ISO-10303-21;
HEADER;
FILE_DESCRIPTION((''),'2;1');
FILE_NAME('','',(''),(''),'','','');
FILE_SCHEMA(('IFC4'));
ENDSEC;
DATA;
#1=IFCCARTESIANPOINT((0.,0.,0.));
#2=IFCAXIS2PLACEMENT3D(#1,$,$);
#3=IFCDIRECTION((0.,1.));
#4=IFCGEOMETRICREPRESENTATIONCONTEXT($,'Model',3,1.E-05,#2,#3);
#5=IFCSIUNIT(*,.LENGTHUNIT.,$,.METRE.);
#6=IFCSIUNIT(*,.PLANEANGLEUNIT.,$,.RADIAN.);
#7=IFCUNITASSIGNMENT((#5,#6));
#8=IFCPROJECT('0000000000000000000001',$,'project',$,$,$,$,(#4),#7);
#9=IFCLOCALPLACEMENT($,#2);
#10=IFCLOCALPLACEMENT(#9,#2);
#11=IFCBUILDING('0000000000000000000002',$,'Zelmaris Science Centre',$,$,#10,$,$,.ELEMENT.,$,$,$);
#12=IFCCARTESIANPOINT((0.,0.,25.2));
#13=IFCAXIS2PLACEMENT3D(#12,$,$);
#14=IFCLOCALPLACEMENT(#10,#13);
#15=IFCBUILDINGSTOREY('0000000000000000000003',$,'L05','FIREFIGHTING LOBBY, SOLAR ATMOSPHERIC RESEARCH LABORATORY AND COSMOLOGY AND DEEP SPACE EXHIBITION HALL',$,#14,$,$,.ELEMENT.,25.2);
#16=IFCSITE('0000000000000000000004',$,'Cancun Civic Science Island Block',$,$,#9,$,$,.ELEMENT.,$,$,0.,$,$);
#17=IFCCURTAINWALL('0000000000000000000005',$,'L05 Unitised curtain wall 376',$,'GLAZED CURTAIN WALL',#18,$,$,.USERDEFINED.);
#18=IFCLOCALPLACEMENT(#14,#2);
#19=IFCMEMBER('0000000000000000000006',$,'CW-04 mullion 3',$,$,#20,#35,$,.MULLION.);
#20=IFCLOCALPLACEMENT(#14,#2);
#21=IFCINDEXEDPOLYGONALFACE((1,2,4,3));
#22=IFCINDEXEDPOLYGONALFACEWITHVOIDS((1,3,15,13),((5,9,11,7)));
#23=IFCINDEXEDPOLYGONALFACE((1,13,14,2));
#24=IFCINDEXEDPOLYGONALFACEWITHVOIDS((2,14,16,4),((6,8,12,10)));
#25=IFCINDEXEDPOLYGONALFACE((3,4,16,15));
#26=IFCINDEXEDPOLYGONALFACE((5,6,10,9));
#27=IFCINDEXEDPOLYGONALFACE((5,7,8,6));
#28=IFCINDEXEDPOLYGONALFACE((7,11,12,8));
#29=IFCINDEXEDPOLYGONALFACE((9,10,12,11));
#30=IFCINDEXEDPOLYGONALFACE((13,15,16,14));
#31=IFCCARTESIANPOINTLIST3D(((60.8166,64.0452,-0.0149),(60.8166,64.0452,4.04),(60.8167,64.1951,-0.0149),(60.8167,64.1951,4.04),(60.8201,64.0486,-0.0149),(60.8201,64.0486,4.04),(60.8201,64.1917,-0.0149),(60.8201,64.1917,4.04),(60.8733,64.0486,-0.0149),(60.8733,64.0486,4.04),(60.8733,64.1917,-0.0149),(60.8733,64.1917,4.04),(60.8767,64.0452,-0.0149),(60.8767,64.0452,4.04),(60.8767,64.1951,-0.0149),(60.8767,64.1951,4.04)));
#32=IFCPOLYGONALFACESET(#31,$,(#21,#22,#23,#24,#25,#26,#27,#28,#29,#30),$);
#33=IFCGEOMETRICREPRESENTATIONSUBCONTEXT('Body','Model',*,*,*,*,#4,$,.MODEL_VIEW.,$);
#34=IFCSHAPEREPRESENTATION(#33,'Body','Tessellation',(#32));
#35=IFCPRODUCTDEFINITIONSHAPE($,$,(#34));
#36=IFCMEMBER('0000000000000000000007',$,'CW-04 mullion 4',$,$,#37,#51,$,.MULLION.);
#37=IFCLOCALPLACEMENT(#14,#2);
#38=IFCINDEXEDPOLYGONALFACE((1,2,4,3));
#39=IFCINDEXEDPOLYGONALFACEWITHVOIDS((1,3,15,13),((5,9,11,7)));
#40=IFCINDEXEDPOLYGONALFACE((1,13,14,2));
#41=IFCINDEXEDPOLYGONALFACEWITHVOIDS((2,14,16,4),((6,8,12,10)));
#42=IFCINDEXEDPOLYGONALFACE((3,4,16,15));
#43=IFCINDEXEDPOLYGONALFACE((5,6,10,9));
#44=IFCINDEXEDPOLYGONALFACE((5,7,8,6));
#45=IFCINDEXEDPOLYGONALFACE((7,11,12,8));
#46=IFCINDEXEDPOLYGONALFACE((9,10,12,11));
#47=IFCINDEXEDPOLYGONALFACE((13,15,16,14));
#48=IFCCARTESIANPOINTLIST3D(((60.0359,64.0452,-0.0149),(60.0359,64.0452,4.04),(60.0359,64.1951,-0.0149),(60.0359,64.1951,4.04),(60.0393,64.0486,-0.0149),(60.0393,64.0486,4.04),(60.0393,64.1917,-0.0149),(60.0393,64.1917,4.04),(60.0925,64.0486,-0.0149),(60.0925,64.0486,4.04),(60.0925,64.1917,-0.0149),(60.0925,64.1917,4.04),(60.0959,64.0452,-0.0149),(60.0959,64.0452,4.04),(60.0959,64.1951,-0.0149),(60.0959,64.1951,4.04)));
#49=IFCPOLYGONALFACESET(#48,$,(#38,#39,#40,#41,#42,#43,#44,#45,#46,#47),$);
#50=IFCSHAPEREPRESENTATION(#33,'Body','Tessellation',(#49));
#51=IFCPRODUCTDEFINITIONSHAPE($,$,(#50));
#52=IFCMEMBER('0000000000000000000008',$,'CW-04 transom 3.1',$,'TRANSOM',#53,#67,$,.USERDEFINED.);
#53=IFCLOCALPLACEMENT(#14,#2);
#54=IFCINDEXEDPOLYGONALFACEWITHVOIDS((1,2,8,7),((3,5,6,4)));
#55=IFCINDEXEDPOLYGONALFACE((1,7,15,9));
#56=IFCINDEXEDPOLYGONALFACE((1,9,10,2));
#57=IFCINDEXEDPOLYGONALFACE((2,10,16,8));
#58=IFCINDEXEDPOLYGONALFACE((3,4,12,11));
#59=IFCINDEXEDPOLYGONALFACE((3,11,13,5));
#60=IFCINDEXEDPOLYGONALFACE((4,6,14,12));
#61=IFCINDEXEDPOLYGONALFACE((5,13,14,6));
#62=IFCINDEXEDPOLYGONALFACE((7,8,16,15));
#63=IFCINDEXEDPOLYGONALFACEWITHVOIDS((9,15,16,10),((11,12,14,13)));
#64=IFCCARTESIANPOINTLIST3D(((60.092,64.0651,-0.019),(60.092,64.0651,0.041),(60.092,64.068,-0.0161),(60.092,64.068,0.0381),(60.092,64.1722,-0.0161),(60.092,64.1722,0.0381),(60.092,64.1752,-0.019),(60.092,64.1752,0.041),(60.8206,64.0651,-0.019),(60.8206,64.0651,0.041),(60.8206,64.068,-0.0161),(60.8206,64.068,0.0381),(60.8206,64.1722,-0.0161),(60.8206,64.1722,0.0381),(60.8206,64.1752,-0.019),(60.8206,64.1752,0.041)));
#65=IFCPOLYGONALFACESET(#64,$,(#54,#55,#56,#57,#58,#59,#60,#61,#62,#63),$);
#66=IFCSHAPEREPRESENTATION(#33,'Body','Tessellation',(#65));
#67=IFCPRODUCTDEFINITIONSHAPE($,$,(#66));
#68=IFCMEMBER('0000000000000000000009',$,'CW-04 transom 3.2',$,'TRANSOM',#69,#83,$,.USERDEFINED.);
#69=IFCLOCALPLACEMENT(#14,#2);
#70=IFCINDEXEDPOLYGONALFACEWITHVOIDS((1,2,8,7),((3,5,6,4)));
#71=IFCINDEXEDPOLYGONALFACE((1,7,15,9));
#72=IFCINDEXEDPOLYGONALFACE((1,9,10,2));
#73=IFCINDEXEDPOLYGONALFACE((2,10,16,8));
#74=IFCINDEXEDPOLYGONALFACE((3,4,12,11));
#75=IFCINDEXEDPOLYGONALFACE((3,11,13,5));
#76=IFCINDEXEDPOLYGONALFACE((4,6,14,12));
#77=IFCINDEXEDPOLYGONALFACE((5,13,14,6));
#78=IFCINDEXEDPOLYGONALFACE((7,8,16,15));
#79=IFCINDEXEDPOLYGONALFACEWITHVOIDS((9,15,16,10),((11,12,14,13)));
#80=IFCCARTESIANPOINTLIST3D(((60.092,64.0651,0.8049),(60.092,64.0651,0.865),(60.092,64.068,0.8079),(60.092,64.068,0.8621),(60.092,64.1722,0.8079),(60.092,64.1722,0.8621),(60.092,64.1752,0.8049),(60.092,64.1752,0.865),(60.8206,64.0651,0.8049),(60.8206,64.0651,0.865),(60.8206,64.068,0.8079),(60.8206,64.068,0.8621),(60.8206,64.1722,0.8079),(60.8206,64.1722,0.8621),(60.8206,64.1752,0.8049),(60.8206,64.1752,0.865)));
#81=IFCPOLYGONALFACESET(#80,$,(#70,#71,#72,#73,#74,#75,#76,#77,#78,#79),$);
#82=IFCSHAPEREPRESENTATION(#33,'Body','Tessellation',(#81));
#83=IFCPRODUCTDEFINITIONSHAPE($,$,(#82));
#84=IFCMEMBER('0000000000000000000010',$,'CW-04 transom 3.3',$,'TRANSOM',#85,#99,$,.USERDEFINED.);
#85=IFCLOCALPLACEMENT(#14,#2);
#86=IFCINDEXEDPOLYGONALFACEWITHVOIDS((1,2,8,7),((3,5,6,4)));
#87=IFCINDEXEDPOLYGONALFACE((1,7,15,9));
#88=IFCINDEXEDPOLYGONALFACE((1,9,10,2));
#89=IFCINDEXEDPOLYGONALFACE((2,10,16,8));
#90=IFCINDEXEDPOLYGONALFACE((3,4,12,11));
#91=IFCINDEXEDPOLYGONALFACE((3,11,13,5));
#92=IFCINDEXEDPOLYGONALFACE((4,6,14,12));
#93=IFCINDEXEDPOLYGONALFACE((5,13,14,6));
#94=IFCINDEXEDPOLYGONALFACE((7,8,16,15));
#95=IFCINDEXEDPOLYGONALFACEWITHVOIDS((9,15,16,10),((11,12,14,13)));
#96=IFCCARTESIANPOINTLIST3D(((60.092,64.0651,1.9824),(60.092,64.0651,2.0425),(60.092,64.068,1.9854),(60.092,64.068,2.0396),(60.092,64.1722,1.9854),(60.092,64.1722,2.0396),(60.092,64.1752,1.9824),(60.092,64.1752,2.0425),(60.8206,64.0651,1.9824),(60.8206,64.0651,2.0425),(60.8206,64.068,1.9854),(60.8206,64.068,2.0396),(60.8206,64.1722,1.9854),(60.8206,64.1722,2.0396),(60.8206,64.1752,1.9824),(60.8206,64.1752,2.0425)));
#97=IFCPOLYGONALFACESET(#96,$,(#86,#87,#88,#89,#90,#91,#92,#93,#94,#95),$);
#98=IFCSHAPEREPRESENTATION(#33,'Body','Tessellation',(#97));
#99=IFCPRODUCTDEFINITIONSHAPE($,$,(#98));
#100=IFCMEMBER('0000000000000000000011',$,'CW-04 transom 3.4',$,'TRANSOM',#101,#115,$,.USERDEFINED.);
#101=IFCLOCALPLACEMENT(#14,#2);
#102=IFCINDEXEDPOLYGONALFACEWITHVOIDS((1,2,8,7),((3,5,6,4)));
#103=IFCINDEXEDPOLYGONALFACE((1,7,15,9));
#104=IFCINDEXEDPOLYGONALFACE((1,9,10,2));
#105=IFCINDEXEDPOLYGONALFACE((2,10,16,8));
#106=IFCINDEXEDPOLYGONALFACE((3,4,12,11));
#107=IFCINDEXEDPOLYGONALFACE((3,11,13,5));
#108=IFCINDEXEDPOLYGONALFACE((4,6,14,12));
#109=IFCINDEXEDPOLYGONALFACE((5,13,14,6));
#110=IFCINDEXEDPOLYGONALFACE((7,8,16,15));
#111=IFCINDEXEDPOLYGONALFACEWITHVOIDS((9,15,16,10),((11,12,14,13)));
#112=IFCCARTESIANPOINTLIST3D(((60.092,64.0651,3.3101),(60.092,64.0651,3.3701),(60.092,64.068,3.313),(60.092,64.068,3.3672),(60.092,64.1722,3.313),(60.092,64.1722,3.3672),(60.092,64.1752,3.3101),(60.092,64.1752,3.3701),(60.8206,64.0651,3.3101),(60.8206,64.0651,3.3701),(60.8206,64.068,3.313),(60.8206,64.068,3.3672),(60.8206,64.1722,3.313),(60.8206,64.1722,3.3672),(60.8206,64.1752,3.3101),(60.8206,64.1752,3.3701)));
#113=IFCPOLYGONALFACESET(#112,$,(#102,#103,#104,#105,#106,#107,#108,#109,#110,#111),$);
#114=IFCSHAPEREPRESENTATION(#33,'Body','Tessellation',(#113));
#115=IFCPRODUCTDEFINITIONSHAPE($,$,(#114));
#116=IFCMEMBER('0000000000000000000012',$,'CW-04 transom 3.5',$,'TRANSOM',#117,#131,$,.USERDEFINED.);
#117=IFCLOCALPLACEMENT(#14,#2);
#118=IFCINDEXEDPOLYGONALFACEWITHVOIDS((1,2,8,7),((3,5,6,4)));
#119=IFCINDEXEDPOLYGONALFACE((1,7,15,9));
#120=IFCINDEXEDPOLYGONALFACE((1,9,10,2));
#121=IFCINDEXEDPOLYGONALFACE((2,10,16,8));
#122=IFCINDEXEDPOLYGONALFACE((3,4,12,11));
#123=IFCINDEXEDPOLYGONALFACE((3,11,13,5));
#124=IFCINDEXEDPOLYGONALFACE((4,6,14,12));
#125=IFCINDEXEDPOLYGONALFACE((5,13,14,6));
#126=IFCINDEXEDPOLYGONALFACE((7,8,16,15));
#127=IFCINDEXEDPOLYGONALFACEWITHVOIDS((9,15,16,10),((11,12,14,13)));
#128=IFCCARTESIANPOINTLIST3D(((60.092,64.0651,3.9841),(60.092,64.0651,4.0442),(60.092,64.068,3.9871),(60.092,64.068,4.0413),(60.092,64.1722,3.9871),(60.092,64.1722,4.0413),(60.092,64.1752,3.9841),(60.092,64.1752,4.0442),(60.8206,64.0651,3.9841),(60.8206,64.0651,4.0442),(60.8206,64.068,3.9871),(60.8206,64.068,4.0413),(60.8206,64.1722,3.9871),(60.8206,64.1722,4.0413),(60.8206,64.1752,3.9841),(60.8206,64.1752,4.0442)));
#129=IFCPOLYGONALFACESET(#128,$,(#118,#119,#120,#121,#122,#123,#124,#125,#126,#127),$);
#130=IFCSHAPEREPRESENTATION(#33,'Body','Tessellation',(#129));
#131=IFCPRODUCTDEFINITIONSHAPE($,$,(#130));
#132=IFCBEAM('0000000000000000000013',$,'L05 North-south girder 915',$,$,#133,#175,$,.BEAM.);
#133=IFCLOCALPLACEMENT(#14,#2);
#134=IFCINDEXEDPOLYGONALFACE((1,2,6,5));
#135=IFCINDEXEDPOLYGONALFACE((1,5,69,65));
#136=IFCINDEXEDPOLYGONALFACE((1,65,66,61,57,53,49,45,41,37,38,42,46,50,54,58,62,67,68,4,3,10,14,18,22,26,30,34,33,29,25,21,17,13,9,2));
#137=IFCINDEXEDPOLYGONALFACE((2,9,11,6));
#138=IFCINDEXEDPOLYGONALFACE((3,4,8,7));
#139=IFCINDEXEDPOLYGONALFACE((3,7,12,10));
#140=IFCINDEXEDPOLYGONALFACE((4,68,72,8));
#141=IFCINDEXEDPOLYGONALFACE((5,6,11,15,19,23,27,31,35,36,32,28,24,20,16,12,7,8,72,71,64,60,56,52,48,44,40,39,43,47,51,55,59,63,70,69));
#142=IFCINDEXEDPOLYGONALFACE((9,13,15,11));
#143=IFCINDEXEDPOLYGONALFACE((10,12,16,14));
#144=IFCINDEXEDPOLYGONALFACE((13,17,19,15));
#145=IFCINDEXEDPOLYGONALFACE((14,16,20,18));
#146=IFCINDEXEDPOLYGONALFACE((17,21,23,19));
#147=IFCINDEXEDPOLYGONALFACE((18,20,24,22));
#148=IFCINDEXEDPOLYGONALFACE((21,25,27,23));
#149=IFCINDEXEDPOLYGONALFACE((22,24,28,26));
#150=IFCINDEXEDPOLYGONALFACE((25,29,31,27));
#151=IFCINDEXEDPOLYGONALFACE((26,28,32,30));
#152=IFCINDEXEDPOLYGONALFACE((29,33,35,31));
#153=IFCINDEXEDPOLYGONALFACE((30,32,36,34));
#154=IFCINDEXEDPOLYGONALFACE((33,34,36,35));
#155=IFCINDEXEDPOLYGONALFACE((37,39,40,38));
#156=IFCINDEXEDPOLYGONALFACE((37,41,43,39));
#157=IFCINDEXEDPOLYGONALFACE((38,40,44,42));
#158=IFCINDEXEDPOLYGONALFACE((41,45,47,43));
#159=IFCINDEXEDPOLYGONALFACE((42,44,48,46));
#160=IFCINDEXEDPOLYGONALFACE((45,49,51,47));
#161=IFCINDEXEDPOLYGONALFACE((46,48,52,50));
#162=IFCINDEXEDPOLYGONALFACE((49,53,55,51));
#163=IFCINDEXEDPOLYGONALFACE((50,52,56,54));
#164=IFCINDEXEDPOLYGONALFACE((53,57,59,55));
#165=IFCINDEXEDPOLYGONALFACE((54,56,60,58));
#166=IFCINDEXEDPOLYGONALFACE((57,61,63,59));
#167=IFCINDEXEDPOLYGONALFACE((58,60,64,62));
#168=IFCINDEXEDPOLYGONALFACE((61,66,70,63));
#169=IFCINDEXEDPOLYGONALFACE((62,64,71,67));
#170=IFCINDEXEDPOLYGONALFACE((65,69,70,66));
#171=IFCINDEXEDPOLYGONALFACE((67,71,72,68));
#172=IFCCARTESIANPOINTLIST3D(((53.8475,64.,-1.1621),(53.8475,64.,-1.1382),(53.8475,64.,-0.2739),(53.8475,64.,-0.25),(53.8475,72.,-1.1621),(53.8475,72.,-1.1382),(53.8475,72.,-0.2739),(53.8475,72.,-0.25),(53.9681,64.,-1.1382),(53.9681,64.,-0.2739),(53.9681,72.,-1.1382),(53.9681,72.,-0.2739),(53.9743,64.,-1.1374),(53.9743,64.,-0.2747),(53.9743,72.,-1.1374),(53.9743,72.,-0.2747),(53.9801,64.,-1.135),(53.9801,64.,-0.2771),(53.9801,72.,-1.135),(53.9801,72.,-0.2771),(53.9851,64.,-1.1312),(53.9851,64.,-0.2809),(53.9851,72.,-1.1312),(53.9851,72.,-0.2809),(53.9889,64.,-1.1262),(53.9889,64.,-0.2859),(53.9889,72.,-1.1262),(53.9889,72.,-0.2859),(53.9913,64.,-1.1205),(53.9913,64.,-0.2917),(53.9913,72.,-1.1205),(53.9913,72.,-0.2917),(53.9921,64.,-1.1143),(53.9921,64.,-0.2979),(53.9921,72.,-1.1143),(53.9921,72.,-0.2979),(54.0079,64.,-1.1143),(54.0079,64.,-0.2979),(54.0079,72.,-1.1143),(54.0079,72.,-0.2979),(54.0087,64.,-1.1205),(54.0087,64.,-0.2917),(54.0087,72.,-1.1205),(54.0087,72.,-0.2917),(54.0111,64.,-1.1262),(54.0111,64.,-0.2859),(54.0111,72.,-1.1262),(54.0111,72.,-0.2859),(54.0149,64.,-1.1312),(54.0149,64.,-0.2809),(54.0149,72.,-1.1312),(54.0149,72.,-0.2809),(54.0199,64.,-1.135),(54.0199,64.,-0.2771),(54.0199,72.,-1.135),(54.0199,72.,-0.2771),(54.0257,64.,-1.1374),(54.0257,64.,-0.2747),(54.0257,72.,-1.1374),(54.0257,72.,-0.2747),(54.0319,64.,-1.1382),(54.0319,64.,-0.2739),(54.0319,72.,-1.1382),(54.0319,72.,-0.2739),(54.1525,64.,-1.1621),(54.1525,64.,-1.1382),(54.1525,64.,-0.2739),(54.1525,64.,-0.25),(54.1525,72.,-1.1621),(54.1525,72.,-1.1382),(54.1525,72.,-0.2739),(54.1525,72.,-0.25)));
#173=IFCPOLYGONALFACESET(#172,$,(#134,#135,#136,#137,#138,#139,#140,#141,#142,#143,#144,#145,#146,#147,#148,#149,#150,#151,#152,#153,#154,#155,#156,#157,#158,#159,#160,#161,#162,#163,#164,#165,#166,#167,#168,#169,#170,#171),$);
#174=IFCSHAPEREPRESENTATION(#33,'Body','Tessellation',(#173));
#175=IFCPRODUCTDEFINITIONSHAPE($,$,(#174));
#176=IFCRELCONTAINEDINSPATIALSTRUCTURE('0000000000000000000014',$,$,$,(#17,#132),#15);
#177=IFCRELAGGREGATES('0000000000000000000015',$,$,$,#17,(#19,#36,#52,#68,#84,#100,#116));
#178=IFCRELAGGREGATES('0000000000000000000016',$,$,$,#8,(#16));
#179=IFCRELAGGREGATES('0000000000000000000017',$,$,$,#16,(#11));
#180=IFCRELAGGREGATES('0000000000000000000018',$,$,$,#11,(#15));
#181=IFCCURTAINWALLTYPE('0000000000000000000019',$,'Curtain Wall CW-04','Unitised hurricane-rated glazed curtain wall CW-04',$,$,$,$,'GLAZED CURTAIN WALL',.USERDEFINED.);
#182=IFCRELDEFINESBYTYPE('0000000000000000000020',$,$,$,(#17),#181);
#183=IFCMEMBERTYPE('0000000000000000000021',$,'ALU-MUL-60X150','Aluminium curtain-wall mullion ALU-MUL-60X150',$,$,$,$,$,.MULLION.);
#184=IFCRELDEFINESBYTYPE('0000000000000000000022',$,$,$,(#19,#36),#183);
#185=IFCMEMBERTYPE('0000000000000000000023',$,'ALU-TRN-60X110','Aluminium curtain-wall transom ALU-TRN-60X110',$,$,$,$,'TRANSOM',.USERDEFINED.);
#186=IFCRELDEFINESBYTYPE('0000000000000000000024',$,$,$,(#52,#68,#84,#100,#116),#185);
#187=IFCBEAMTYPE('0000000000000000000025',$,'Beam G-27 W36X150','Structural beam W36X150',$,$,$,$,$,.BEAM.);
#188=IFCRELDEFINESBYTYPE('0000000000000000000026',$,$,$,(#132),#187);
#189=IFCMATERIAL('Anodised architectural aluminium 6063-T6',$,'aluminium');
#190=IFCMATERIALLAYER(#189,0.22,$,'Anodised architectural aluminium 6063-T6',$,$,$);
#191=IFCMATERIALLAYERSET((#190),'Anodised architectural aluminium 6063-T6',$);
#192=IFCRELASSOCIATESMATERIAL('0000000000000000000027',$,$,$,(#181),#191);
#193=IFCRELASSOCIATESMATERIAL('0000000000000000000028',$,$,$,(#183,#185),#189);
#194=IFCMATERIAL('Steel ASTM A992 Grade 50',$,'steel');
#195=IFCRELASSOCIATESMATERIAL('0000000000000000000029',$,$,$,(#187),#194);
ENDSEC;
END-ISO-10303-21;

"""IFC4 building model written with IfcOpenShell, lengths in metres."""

from ifc_helpers import new_model, si_unit, direction, frame, origin, origin_2d, place, context, subcontext, project, spatial, hollow_rectangle, i_section, extrude, material, layer, layer_set, material_profile, profile_set, type_object, element, aggregate, save


model = new_model("IFC4")

# Units and contexts
model_context = context("Model", 3, precision=1e-05, world=origin(), true_north=direction((0.0, 1.0)))
body_context = subcontext(model_context, "Body", "Model", "MODEL_VIEW")
ifc_project = project(units=[si_unit("LENGTHUNIT", "METRE"), si_unit("PLANEANGLEUNIT", "RADIAN")], contexts=[model_context])

# Site, building, storey
site_placement = place(None, origin())
site = spatial("IfcSite", under=ifc_project, at=site_placement, Name="Cancun Civic Science Island Block", CompositionType="ELEMENT", RefElevation=0.0)
building_placement = place(site_placement, origin())
building = spatial("IfcBuilding", under=site, at=building_placement, Name="Zelmaris Science Centre", CompositionType="ELEMENT")
storey_placement = place(building_placement, frame((0.0, 0.0, 25.2)))
storey = spatial("IfcBuildingStorey", under=building, at=storey_placement, Name="L05", Description="FIREFIGHTING LOBBY, SOLAR ATMOSPHERIC RESEARCH LABORATORY AND COSMOLOGY AND DEEP SPACE EXHIBITION HALL", CompositionType="ELEMENT", Elevation=25.2)

# Curtain wall, members
ifc_material_1 = material(Name="Anodised architectural aluminium 6063-T6", Category="aluminium")
ifc_layer_1 = layer(ifc_material_1, 0.22, Name="Anodised architectural aluminium 6063-T6")
ifc_layer_set_1 = layer_set([ifc_layer_1], Name="Anodised architectural aluminium 6063-T6")
curtain_wall_type = type_object("IfcCurtainWallType", Name="Curtain Wall CW-04", Description="Unitised hurricane-rated glazed curtain wall CW-04", ElementType="GLAZED CURTAIN WALL", PredefinedType="USERDEFINED", material=ifc_layer_set_1)
curtain_wall_placement = place(storey_placement, origin())
curtain_wall = element("IfcCurtainWall", 1, at=curtain_wall_placement, inside=storey, type_object=curtain_wall_type, Name="L05 Unitised curtain wall 376", ObjectType="GLAZED CURTAIN WALL", PredefinedType="USERDEFINED")
ifc_material_profile_1 = material_profile(ifc_material_1, hollow_rectangle(XDim=0.0601, YDim=0.1499, WallThickness=0.0034, at=origin_2d()), Name="ALU-MUL-60X150")
ifc_profile_set_1 = profile_set([ifc_material_profile_1], Name="Anodised architectural aluminium 6063-T6")
member_type_1 = type_object("IfcMemberType", Name="ALU-MUL-60X150", Description="Aluminium curtain-wall mullion ALU-MUL-60X150", PredefinedType="MULLION", material=ifc_profile_set_1)
member_1_placement = place(storey_placement, frame((60.8467, 64.1201, -0.0149), z_axis=(0.0, 0.0, 1.0), x_axis=(-1.0, 0.000005, 0.0)))
member_1 = element("IfcMember", 2, at=member_1_placement, type_object=member_type_1, Name="CW-04 mullion 3", PredefinedType="MULLION", context=body_context, shape_type="SweptSolid", body=[
    extrude(hollow_rectangle(XDim=0.0601, YDim=0.1499, WallThickness=0.0034, at=origin_2d()), origin(), (0.0, 0.0, 1.0), 4.0549),
])
member_2_placement = place(storey_placement, frame((60.0659, 64.1201, -0.0149), z_axis=(0.0, 0.0, 1.0), x_axis=(-1.0, 0.000005, 0.0)))
member_2 = element("IfcMember", 3, at=member_2_placement, type_object=member_type_1, Name="CW-04 mullion 4", PredefinedType="MULLION", context=body_context, shape_type="SweptSolid", body=[
    extrude(hollow_rectangle(XDim=0.0601, YDim=0.1499, WallThickness=0.0034, at=origin_2d()), origin(), (0.0, 0.0, 1.0), 4.0549),
])
ifc_material_profile_2 = material_profile(ifc_material_1, hollow_rectangle(XDim=0.0601, YDim=0.1101, WallThickness=0.0029, at=origin_2d()), Name="ALU-TRN-60X110")
ifc_profile_set_2 = profile_set([ifc_material_profile_2], Name="Anodised architectural aluminium 6063-T6")
member_type_2 = type_object("IfcMemberType", Name="ALU-TRN-60X110", Description="Aluminium curtain-wall transom ALU-TRN-60X110", ElementType="TRANSOM", PredefinedType="USERDEFINED", material=ifc_profile_set_2)
member_3_placement = place(storey_placement, frame((60.8206, 64.1201, 0.011), z_axis=(-1.0, 0.0, 0.0), x_axis=(0.0, 0.0, 1.0)))
member_3 = element("IfcMember", 4, at=member_3_placement, type_object=member_type_2, Name="CW-04 transom 3.1", ObjectType="TRANSOM", PredefinedType="USERDEFINED", context=body_context, shape_type="SweptSolid", body=[
    extrude(hollow_rectangle(XDim=0.0601, YDim=0.1101, WallThickness=0.0029, at=origin_2d()), origin(), (0.0, 0.0, 1.0), 0.7285),
])
member_4_placement = place(storey_placement, frame((60.8206, 64.1201, 0.835), z_axis=(-1.0, 0.0, 0.0), x_axis=(0.0, 0.0, 1.0)))
member_4 = element("IfcMember", 5, at=member_4_placement, type_object=member_type_2, Name="CW-04 transom 3.2", ObjectType="TRANSOM", PredefinedType="USERDEFINED", context=body_context, shape_type="SweptSolid", body=[
    extrude(hollow_rectangle(XDim=0.0601, YDim=0.1101, WallThickness=0.0029, at=origin_2d()), origin(), (0.0, 0.0, 1.0), 0.7285),
])
member_5_placement = place(storey_placement, frame((60.8206, 64.1201, 2.0125), z_axis=(-1.0, 0.0, 0.0), x_axis=(0.0, 0.0, 1.0)))
member_5 = element("IfcMember", 6, at=member_5_placement, type_object=member_type_2, Name="CW-04 transom 3.3", ObjectType="TRANSOM", PredefinedType="USERDEFINED", context=body_context, shape_type="SweptSolid", body=[
    extrude(hollow_rectangle(XDim=0.0601, YDim=0.1101, WallThickness=0.0029, at=origin_2d()), origin(), (0.0, 0.0, 1.0), 0.7285),
])
member_6_placement = place(storey_placement, frame((60.8206, 64.1201, 3.3401), z_axis=(-1.0, 0.0, 0.0), x_axis=(0.0, 0.0, 1.0)))
member_6 = element("IfcMember", 7, at=member_6_placement, type_object=member_type_2, Name="CW-04 transom 3.4", ObjectType="TRANSOM", PredefinedType="USERDEFINED", context=body_context, shape_type="SweptSolid", body=[
    extrude(hollow_rectangle(XDim=0.0601, YDim=0.1101, WallThickness=0.0029, at=origin_2d()), origin(), (0.0, 0.0, 1.0), 0.7285),
])
member_7_placement = place(storey_placement, frame((60.8206, 64.1201, 4.0142), z_axis=(-1.0, 0.0, 0.0), x_axis=(0.0, 0.0, 1.0)))
member_7 = element("IfcMember", 8, at=member_7_placement, type_object=member_type_2, Name="CW-04 transom 3.5", ObjectType="TRANSOM", PredefinedType="USERDEFINED", context=body_context, shape_type="SweptSolid", body=[
    extrude(hollow_rectangle(XDim=0.0601, YDim=0.1101, WallThickness=0.0029, at=origin_2d()), origin(), (0.0, 0.0, 1.0), 0.7285),
])

# Beam
ifc_material_2 = material(Name="Steel ASTM A992 Grade 50", Category="steel")
ifc_material_profile_3 = material_profile(ifc_material_2, i_section(OverallWidth=0.3049, OverallDepth=0.9121, WebThickness=0.0159, FlangeThickness=0.0239, FilletRadius=0.0239, at=origin_2d()), Name="W36X150")
ifc_profile_set_3 = profile_set([ifc_material_profile_3], Name="Steel ASTM A992 Grade 50")
beam_type_1 = type_object("IfcBeamType", Name="Beam G-27 W36X150", Description="Structural beam W36X150", PredefinedType="BEAM", material=ifc_profile_set_3)
beam_1_placement = place(storey_placement, frame((54.0, 64.0, -0.7061), z_axis=(0.0, 1.0, 0.0), x_axis=(-1.0, 0.0, 0.0)))
element("IfcBeam", 9, at=beam_1_placement, inside=storey, type_object=beam_type_1, Name="L05 North-south girder 915", PredefinedType="BEAM", context=body_context, shape_type="SweptSolid", body=[
    extrude(i_section(OverallWidth=0.3049, OverallDepth=0.9121, WebThickness=0.0159, FlangeThickness=0.0239, FilletRadius=0.0239, at=origin_2d()), origin(), (0.0, 0.0, 1.0), 8.0),
])

aggregate(curtain_wall, [member_1, member_2, member_3, member_4, member_5, member_6, member_7])

save(model, "model.ifc")
